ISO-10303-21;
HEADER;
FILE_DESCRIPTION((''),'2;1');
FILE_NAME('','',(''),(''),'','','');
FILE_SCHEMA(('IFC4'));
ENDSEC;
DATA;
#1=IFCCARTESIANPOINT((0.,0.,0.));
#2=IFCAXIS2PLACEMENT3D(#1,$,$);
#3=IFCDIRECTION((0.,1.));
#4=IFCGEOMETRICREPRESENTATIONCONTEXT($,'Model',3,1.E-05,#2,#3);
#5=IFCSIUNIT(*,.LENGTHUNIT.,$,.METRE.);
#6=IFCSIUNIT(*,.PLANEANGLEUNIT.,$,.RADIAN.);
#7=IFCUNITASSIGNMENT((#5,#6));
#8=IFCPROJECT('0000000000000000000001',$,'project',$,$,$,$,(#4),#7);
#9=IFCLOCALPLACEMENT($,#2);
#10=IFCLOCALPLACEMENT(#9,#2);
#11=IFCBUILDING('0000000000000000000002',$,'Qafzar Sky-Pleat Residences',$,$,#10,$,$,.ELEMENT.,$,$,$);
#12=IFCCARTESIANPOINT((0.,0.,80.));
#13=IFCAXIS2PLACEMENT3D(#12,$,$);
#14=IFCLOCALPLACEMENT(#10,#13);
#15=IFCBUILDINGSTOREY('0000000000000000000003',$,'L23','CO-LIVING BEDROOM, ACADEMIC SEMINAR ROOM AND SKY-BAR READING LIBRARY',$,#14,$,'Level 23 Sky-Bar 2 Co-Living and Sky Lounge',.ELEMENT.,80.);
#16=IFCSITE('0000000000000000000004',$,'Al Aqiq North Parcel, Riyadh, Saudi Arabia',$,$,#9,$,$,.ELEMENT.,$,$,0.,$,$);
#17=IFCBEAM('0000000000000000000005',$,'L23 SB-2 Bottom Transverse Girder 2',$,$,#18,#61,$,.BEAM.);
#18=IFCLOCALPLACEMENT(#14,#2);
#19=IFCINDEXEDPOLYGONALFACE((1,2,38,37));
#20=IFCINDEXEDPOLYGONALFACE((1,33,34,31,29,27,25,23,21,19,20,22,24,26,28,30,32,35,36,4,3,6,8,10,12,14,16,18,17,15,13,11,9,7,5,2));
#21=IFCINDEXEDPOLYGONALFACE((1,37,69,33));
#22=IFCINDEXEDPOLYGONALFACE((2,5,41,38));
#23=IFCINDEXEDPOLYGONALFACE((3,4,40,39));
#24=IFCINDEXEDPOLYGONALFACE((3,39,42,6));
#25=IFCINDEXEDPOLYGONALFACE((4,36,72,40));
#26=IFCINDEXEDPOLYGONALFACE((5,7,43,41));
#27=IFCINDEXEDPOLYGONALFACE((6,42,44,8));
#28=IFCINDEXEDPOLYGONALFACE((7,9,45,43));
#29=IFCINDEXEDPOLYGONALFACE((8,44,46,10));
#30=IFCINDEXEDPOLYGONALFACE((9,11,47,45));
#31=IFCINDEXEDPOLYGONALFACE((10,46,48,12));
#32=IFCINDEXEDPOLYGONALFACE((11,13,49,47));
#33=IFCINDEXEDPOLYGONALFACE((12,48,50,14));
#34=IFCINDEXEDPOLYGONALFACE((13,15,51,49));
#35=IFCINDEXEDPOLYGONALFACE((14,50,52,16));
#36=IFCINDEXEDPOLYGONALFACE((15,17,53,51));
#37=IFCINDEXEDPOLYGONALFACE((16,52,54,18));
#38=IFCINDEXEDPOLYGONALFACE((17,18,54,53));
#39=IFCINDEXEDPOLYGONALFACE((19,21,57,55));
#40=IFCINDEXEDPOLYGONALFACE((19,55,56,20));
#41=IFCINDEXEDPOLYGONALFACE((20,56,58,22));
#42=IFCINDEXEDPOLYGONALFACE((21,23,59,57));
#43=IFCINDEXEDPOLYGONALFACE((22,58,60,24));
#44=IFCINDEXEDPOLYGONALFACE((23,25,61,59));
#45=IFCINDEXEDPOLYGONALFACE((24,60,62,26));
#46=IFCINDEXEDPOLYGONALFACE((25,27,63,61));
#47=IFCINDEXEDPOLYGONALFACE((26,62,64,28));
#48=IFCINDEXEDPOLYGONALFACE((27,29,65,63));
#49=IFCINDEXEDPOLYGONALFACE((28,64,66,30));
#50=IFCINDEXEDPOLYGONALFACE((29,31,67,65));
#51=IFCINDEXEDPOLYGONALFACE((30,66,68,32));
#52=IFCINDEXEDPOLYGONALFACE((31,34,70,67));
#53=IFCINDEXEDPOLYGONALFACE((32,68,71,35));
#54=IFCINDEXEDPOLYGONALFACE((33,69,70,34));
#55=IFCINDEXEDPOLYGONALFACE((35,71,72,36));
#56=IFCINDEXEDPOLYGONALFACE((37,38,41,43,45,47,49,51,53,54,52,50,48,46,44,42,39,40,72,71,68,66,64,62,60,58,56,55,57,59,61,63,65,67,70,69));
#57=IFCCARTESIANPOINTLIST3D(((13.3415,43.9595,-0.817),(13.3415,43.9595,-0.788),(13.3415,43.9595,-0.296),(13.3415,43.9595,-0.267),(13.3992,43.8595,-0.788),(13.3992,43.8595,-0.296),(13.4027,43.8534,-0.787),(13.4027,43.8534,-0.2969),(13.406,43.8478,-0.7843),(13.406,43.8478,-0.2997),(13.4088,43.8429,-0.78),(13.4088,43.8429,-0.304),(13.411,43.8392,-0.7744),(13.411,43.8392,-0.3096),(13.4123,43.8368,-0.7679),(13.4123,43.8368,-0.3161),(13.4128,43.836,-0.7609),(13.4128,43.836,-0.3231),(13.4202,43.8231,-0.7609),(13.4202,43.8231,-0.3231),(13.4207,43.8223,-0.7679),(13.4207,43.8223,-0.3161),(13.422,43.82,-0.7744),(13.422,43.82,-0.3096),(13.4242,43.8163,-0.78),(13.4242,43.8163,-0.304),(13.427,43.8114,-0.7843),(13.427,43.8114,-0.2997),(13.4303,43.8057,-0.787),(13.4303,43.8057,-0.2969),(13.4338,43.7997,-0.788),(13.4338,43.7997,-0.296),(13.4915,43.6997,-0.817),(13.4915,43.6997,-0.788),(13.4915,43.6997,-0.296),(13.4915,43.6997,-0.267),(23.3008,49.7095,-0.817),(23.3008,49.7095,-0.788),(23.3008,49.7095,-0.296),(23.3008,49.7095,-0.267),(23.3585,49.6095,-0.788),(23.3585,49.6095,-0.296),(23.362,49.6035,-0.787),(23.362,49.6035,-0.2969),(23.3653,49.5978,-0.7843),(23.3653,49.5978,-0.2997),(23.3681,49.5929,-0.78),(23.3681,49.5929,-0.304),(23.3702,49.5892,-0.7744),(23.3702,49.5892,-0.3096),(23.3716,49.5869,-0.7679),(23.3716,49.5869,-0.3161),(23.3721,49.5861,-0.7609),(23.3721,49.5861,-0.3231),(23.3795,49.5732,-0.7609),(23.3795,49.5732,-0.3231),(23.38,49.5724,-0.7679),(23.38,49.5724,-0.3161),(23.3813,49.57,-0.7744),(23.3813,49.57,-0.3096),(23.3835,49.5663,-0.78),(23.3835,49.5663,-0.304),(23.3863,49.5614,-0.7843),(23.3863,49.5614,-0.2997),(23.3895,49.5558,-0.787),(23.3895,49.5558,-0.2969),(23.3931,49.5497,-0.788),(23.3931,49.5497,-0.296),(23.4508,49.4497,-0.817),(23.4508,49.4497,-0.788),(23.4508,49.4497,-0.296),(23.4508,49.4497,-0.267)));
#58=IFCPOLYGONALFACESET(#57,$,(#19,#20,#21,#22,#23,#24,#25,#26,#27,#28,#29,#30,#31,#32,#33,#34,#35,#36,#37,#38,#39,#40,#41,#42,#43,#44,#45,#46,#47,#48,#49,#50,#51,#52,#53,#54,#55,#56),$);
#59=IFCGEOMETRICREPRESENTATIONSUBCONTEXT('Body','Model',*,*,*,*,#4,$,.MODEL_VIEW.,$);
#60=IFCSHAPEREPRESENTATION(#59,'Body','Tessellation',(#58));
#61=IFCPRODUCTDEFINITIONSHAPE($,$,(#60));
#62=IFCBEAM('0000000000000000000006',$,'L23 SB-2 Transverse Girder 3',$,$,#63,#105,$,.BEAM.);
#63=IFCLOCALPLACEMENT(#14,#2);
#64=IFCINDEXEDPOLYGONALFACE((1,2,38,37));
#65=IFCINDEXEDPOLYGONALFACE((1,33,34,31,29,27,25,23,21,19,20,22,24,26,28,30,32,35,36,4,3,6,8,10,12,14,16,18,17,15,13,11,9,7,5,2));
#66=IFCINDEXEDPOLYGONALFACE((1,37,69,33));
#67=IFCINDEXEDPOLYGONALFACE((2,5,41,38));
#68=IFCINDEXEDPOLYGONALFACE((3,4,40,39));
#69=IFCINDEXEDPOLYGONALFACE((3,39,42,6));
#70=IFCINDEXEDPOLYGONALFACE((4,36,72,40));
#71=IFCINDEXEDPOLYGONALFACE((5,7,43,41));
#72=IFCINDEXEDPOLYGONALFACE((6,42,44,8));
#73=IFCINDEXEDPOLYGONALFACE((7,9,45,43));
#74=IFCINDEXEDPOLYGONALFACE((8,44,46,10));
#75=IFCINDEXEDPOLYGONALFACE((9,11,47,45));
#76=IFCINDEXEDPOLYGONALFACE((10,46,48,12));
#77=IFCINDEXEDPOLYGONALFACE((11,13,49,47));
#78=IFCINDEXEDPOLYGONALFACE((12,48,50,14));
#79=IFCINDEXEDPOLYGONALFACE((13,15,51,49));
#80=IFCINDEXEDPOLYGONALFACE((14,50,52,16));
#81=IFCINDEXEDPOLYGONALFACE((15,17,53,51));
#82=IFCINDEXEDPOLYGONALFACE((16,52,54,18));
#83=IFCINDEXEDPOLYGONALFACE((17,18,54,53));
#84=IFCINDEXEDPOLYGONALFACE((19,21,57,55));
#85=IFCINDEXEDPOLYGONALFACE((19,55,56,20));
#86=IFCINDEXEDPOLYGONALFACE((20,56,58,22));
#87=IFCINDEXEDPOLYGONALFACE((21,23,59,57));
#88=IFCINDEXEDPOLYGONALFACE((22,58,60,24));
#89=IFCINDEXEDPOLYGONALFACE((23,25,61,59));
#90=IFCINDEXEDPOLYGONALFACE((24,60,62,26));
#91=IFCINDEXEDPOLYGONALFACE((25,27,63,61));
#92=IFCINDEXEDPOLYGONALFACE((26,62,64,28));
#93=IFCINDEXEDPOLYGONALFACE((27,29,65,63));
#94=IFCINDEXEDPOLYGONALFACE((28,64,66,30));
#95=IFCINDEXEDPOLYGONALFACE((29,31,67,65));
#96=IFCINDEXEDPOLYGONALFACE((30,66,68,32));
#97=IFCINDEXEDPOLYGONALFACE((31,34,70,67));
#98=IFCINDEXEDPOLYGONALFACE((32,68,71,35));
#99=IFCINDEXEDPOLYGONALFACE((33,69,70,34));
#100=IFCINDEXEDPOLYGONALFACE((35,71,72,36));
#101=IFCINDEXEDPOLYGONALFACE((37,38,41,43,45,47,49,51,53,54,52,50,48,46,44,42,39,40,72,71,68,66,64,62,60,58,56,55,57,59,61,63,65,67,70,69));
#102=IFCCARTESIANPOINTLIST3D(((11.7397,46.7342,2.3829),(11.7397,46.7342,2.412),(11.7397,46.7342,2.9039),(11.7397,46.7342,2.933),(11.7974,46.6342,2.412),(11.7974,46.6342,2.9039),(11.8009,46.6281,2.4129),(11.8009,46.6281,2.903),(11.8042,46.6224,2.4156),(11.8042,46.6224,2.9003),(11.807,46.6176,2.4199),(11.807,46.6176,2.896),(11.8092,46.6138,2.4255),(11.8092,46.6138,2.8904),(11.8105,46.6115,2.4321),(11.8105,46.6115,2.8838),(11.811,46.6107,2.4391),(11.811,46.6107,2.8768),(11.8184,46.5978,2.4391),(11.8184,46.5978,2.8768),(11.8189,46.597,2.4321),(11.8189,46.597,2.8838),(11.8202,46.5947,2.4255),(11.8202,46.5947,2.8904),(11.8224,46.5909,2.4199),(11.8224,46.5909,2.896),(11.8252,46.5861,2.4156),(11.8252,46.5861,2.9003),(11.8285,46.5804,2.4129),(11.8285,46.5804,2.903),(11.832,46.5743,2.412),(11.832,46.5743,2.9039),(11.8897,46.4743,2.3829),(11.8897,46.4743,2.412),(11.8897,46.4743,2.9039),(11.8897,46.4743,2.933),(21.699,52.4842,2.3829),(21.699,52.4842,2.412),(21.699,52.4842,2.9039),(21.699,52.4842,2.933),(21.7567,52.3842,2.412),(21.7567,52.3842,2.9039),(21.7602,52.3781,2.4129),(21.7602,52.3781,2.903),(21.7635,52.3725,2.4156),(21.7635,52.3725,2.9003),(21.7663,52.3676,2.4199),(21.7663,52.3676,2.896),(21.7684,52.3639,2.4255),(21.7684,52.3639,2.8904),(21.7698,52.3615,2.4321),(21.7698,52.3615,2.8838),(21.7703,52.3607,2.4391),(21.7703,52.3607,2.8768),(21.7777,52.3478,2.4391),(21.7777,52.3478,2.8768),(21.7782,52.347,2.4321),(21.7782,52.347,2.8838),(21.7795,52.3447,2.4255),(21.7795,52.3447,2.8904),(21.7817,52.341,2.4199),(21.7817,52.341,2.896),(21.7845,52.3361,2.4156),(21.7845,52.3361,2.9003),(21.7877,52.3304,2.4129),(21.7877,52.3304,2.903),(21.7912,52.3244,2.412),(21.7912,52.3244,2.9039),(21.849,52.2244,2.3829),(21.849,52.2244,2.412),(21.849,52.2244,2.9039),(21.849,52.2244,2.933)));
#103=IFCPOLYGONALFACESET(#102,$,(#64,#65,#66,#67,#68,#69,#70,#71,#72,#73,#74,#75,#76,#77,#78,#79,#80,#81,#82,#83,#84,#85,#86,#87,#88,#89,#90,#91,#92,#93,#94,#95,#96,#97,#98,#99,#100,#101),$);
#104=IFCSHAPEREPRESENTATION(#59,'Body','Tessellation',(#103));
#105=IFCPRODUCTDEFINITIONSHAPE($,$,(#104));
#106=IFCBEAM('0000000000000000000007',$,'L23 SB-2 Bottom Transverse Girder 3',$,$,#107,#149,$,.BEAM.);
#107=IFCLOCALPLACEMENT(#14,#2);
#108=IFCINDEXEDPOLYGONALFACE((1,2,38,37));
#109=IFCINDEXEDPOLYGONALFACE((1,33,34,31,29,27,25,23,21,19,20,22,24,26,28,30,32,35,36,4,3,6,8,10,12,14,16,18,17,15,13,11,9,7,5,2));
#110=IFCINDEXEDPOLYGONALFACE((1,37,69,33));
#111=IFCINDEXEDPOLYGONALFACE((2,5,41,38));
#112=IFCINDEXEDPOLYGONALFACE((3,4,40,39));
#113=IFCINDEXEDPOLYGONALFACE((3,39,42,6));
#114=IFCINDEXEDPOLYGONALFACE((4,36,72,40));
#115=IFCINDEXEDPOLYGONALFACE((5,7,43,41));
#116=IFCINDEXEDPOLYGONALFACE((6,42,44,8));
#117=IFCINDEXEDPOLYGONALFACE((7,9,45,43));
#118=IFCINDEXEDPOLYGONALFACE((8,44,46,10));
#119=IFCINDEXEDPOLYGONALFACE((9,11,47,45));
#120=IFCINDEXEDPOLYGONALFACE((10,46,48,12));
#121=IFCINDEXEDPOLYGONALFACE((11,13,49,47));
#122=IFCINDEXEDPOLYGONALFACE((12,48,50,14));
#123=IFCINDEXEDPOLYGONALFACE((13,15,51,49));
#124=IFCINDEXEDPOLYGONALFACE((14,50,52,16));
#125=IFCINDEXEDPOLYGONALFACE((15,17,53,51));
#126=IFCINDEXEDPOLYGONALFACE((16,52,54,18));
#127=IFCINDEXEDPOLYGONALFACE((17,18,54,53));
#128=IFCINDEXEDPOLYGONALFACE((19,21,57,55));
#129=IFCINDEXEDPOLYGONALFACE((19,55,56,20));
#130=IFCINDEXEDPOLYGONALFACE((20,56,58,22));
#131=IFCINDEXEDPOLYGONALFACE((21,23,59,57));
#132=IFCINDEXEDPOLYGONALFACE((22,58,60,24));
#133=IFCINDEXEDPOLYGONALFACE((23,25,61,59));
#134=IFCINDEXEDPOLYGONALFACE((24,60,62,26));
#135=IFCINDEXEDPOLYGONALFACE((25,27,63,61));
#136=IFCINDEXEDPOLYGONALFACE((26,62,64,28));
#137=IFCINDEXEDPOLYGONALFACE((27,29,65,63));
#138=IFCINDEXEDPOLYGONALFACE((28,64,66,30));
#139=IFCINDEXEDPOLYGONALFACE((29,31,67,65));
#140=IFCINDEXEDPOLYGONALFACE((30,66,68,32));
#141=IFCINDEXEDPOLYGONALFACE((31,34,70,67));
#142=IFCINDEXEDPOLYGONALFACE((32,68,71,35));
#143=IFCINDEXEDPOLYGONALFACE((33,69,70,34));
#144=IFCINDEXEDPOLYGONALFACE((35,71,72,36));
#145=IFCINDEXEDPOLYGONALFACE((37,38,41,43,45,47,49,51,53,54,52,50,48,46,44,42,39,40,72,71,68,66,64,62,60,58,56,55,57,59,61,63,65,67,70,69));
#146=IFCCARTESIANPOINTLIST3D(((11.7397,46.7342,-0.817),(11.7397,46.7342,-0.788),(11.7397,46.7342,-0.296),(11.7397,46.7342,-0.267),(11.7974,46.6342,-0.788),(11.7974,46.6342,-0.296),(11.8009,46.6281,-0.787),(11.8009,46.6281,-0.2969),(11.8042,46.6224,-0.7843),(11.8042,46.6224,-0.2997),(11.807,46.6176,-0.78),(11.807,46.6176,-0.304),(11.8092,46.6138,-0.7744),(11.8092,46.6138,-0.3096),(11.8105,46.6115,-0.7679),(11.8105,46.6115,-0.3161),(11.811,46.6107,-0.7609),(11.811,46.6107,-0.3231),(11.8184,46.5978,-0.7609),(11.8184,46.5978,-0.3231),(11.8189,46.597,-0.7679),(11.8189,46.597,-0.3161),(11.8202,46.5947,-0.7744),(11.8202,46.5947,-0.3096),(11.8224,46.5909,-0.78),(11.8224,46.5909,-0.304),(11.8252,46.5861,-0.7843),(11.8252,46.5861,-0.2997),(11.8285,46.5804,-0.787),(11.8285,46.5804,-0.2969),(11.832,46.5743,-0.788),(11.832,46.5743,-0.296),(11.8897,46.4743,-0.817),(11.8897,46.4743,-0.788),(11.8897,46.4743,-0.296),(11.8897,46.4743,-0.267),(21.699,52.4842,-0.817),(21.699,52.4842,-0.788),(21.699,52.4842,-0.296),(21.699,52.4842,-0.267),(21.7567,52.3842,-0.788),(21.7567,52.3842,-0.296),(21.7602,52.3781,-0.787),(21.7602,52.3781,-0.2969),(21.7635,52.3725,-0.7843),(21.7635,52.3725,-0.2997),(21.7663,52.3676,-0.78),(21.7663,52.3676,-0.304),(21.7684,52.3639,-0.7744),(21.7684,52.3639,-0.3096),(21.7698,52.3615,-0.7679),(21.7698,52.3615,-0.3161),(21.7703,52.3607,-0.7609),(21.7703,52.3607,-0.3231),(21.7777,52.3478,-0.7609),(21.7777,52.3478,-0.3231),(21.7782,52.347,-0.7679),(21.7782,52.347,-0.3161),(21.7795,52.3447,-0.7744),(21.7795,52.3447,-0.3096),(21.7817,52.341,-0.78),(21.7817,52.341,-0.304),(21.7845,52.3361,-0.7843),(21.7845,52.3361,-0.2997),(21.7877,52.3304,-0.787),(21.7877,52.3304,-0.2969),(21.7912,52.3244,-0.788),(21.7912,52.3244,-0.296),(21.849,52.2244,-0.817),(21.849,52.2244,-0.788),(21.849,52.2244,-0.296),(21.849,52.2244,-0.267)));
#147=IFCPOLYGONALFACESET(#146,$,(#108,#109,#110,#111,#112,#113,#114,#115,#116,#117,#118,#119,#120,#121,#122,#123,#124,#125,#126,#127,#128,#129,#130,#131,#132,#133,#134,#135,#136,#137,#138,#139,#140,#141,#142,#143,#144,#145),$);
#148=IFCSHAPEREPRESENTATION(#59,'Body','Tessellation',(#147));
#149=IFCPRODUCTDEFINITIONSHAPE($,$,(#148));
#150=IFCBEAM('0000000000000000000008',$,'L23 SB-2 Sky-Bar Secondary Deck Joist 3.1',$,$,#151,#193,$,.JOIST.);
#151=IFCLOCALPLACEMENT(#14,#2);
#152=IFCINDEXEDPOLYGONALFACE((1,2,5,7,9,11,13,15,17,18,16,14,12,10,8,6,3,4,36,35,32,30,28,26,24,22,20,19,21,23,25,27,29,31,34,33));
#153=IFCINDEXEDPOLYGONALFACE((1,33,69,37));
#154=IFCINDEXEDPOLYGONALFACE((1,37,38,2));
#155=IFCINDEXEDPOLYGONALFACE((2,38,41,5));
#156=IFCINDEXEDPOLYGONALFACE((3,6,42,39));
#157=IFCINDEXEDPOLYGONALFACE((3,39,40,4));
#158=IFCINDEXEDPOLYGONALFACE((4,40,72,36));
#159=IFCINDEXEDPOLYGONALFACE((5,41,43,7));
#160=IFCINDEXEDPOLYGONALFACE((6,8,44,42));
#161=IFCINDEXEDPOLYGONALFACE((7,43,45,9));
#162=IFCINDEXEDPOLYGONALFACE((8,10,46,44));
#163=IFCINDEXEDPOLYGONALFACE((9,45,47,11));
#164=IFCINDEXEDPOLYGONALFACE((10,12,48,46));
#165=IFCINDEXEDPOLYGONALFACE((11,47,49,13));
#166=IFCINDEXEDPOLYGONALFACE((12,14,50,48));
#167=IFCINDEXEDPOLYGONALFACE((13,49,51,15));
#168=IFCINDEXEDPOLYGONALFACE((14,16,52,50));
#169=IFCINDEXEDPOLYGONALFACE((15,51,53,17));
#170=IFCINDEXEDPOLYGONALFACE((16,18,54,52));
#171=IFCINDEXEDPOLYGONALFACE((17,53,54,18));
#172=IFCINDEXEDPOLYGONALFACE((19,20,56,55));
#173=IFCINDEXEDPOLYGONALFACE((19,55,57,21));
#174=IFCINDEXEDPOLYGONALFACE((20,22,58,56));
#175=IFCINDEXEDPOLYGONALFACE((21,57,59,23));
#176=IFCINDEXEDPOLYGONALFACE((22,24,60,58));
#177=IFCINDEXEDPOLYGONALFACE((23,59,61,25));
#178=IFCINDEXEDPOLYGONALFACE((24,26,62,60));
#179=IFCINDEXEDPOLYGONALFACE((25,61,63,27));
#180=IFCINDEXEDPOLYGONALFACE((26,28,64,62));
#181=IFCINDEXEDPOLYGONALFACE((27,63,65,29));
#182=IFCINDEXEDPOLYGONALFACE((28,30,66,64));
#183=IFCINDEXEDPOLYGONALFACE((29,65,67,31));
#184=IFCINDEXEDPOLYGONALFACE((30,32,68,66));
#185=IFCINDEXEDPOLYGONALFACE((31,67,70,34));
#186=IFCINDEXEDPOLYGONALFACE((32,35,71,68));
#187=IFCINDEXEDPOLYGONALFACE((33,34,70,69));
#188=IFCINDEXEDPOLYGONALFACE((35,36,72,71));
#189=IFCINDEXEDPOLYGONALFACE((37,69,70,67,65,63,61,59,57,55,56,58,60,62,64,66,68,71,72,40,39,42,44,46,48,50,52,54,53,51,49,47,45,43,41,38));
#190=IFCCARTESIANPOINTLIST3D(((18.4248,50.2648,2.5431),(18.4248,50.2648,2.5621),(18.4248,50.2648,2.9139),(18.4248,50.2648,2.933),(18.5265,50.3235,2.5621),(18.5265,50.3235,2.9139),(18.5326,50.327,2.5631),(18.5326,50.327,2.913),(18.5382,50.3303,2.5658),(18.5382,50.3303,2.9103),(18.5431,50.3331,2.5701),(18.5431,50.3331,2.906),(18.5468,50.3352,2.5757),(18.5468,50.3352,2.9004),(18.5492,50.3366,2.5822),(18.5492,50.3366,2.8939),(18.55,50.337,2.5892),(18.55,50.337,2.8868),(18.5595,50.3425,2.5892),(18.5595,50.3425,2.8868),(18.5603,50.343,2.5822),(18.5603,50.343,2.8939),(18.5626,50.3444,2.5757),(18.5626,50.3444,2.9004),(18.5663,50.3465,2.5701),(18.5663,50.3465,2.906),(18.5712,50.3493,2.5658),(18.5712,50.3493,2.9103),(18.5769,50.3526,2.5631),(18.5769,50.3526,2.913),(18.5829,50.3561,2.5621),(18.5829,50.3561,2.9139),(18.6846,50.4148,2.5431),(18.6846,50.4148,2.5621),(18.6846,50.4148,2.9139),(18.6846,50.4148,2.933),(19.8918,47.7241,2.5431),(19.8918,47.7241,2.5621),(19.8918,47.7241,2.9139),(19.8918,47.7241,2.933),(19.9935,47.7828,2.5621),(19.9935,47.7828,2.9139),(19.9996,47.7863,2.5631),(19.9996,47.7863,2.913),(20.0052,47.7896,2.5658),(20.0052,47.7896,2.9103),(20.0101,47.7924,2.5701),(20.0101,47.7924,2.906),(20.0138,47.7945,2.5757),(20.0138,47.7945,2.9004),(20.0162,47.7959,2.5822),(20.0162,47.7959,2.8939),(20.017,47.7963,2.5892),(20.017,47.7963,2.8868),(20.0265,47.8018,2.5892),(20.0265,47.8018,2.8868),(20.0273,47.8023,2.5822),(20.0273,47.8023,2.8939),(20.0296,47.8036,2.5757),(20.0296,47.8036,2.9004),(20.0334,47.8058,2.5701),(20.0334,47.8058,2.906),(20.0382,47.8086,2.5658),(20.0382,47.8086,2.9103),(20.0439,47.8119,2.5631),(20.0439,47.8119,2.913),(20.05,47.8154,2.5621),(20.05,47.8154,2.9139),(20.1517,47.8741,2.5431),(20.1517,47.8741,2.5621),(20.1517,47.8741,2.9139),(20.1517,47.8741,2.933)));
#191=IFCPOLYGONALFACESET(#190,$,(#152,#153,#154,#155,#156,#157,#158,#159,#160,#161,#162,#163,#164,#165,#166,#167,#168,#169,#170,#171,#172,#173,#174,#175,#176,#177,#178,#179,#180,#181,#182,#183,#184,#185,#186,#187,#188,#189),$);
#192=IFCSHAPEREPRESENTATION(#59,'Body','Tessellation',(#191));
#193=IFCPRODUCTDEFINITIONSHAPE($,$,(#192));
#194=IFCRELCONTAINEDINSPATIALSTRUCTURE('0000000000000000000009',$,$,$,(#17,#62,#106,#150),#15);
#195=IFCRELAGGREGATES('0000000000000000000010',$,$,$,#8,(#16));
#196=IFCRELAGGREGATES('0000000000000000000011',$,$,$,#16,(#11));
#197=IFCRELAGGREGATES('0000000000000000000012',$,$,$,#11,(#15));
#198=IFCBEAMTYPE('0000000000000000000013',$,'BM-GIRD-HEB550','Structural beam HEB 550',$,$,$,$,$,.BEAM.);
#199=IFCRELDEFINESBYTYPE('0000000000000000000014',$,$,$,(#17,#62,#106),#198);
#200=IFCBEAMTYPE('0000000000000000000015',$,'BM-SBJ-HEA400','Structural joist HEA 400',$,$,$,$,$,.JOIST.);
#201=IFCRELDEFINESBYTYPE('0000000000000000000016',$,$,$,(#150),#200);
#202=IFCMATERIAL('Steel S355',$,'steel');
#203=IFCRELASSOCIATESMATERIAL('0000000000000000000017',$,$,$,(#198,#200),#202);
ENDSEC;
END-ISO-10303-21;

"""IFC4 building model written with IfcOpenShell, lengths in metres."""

from ifc_helpers import new_model, si_unit, direction, frame, origin, origin_2d, place, context, subcontext, project, spatial, i_section, extrude, source, transform, mapped, material, material_profile, profile_set, type_object, element, save


model = new_model("IFC4")

# Units and contexts
model_context = context("Model", 3, precision=1e-05, world=origin(), true_north=direction((0.0, 1.0)))
body_context = subcontext(model_context, "Body", "Model", "MODEL_VIEW")
ifc_project = project(units=[si_unit("LENGTHUNIT", "METRE"), si_unit("PLANEANGLEUNIT", "RADIAN")], contexts=[model_context])

# Site, building, storey
site_placement = place(None, origin())
site = spatial("IfcSite", under=ifc_project, at=site_placement, Name="Al Aqiq North Parcel, Riyadh, Saudi Arabia", CompositionType="ELEMENT", RefElevation=0.0)
building_placement = place(site_placement, origin())
building = spatial("IfcBuilding", under=site, at=building_placement, Name="Qafzar Sky-Pleat Residences", CompositionType="ELEMENT")
storey_placement = place(building_placement, frame((0.0, 0.0, 80.0)))
storey = spatial("IfcBuildingStorey", under=building, at=storey_placement, Name="L23", Description="CO-LIVING BEDROOM, ACADEMIC SEMINAR ROOM AND SKY-BAR READING LIBRARY", LongName="Level 23 Sky-Bar 2 Co-Living and Sky Lounge", CompositionType="ELEMENT", Elevation=80.0)

# Shared definitions
ifc_material_1 = material(Name="Steel S355", Category="steel")

# Beams
ifc_material_profile_1 = material_profile(ifc_material_1, i_section(OverallWidth=0.3, OverallDepth=0.55, WebThickness=0.0149, FlangeThickness=0.0291, FilletRadius=0.0271, at=origin_2d()), Name="HEB 550")
ifc_profile_set_1 = profile_set([ifc_material_profile_1], Name="Steel S355")
beam_type_1 = type_object("IfcBeamType", Name="BM-GIRD-HEB550", Description="Structural beam HEB 550", PredefinedType="BEAM", material=ifc_profile_set_1)
shared_shape_1 = source(origin(), body_context, "Body", "SweptSolid", [
    extrude(i_section(OverallWidth=0.3, OverallDepth=0.55, WebThickness=0.0149, FlangeThickness=0.0291, FilletRadius=0.0271, at=origin_2d()), origin(), (0.0, 0.0, 1.0), 11.5),
])
for number, where, z_axis, x_axis, name in (
    (1, (13.4165, 43.8296, -0.542), (0.866024, 0.500002, 0.0), (-0.500002, 0.866024, 0.0), "L23 SB-2 Bottom Transverse Girder 2"),
    (2, (11.8147, 46.6042, 2.658), (0.866024, 0.500002, 0.0), (-0.500002, 0.866024, 0.0), "L23 SB-2 Transverse Girder 3"),
    (3, (11.8147, 46.6042, -0.542), (0.866024, 0.500002, 0.0), (-0.500002, 0.866024, 0.0), "L23 SB-2 Bottom Transverse Girder 3"),
):
    element("IfcBeam", number, at=place(storey_placement, frame(where, z_axis=z_axis, x_axis=x_axis)), inside=storey, type_object=beam_type_1, Name=name, PredefinedType="BEAM", context=body_context, shape_type="MappedRepresentation", body=[
        mapped(shared_shape_1, transform((0.0, 0.0, 0.0), x_axis=(1.0, 0.0, 0.0), y_axis=(0.0, 1.0, 0.0), z_axis=(0.0, 0.0, 1.0), scale=1.0)),
    ])
ifc_material_profile_2 = material_profile(ifc_material_1, i_section(OverallWidth=0.3, OverallDepth=0.3899, WebThickness=0.011, FlangeThickness=0.019, FilletRadius=0.0271, at=origin_2d()), Name="HEA 400")
ifc_profile_set_2 = profile_set([ifc_material_profile_2], Name="Steel S355")
beam_type_2 = type_object("IfcBeamType", Name="BM-SBJ-HEA400", Description="Structural joist HEA 400", PredefinedType="JOIST", material=ifc_profile_set_2)
shared_shape_2 = source(origin(), body_context, "Body", "SweptSolid", [
    extrude(i_section(OverallWidth=0.3, OverallDepth=0.3899, WebThickness=0.011, FlangeThickness=0.019, FilletRadius=0.0271, at=origin_2d()), origin(), (0.0, 0.0, 1.0), 2.9338),
])
for number, where, z_axis, x_axis, name in (
    (4, (20.0217, 47.7991, 2.738), (-0.500032, 0.866007, 0.0), (-0.866007, -0.500032, 0.0), "L23 SB-2 Sky-Bar Secondary Deck Joist 3.1"),
):
    element("IfcBeam", number, at=place(storey_placement, frame(where, z_axis=z_axis, x_axis=x_axis)), inside=storey, type_object=beam_type_2, Name=name, PredefinedType="JOIST", context=body_context, shape_type="MappedRepresentation", body=[
        mapped(shared_shape_2, transform((0.0, 0.0, 0.0), x_axis=(1.0, 0.0, 0.0), y_axis=(0.0, 1.0, 0.0), z_axis=(0.0, 0.0, 1.0), scale=1.0)),
    ])

save(model, "model.ifc")
